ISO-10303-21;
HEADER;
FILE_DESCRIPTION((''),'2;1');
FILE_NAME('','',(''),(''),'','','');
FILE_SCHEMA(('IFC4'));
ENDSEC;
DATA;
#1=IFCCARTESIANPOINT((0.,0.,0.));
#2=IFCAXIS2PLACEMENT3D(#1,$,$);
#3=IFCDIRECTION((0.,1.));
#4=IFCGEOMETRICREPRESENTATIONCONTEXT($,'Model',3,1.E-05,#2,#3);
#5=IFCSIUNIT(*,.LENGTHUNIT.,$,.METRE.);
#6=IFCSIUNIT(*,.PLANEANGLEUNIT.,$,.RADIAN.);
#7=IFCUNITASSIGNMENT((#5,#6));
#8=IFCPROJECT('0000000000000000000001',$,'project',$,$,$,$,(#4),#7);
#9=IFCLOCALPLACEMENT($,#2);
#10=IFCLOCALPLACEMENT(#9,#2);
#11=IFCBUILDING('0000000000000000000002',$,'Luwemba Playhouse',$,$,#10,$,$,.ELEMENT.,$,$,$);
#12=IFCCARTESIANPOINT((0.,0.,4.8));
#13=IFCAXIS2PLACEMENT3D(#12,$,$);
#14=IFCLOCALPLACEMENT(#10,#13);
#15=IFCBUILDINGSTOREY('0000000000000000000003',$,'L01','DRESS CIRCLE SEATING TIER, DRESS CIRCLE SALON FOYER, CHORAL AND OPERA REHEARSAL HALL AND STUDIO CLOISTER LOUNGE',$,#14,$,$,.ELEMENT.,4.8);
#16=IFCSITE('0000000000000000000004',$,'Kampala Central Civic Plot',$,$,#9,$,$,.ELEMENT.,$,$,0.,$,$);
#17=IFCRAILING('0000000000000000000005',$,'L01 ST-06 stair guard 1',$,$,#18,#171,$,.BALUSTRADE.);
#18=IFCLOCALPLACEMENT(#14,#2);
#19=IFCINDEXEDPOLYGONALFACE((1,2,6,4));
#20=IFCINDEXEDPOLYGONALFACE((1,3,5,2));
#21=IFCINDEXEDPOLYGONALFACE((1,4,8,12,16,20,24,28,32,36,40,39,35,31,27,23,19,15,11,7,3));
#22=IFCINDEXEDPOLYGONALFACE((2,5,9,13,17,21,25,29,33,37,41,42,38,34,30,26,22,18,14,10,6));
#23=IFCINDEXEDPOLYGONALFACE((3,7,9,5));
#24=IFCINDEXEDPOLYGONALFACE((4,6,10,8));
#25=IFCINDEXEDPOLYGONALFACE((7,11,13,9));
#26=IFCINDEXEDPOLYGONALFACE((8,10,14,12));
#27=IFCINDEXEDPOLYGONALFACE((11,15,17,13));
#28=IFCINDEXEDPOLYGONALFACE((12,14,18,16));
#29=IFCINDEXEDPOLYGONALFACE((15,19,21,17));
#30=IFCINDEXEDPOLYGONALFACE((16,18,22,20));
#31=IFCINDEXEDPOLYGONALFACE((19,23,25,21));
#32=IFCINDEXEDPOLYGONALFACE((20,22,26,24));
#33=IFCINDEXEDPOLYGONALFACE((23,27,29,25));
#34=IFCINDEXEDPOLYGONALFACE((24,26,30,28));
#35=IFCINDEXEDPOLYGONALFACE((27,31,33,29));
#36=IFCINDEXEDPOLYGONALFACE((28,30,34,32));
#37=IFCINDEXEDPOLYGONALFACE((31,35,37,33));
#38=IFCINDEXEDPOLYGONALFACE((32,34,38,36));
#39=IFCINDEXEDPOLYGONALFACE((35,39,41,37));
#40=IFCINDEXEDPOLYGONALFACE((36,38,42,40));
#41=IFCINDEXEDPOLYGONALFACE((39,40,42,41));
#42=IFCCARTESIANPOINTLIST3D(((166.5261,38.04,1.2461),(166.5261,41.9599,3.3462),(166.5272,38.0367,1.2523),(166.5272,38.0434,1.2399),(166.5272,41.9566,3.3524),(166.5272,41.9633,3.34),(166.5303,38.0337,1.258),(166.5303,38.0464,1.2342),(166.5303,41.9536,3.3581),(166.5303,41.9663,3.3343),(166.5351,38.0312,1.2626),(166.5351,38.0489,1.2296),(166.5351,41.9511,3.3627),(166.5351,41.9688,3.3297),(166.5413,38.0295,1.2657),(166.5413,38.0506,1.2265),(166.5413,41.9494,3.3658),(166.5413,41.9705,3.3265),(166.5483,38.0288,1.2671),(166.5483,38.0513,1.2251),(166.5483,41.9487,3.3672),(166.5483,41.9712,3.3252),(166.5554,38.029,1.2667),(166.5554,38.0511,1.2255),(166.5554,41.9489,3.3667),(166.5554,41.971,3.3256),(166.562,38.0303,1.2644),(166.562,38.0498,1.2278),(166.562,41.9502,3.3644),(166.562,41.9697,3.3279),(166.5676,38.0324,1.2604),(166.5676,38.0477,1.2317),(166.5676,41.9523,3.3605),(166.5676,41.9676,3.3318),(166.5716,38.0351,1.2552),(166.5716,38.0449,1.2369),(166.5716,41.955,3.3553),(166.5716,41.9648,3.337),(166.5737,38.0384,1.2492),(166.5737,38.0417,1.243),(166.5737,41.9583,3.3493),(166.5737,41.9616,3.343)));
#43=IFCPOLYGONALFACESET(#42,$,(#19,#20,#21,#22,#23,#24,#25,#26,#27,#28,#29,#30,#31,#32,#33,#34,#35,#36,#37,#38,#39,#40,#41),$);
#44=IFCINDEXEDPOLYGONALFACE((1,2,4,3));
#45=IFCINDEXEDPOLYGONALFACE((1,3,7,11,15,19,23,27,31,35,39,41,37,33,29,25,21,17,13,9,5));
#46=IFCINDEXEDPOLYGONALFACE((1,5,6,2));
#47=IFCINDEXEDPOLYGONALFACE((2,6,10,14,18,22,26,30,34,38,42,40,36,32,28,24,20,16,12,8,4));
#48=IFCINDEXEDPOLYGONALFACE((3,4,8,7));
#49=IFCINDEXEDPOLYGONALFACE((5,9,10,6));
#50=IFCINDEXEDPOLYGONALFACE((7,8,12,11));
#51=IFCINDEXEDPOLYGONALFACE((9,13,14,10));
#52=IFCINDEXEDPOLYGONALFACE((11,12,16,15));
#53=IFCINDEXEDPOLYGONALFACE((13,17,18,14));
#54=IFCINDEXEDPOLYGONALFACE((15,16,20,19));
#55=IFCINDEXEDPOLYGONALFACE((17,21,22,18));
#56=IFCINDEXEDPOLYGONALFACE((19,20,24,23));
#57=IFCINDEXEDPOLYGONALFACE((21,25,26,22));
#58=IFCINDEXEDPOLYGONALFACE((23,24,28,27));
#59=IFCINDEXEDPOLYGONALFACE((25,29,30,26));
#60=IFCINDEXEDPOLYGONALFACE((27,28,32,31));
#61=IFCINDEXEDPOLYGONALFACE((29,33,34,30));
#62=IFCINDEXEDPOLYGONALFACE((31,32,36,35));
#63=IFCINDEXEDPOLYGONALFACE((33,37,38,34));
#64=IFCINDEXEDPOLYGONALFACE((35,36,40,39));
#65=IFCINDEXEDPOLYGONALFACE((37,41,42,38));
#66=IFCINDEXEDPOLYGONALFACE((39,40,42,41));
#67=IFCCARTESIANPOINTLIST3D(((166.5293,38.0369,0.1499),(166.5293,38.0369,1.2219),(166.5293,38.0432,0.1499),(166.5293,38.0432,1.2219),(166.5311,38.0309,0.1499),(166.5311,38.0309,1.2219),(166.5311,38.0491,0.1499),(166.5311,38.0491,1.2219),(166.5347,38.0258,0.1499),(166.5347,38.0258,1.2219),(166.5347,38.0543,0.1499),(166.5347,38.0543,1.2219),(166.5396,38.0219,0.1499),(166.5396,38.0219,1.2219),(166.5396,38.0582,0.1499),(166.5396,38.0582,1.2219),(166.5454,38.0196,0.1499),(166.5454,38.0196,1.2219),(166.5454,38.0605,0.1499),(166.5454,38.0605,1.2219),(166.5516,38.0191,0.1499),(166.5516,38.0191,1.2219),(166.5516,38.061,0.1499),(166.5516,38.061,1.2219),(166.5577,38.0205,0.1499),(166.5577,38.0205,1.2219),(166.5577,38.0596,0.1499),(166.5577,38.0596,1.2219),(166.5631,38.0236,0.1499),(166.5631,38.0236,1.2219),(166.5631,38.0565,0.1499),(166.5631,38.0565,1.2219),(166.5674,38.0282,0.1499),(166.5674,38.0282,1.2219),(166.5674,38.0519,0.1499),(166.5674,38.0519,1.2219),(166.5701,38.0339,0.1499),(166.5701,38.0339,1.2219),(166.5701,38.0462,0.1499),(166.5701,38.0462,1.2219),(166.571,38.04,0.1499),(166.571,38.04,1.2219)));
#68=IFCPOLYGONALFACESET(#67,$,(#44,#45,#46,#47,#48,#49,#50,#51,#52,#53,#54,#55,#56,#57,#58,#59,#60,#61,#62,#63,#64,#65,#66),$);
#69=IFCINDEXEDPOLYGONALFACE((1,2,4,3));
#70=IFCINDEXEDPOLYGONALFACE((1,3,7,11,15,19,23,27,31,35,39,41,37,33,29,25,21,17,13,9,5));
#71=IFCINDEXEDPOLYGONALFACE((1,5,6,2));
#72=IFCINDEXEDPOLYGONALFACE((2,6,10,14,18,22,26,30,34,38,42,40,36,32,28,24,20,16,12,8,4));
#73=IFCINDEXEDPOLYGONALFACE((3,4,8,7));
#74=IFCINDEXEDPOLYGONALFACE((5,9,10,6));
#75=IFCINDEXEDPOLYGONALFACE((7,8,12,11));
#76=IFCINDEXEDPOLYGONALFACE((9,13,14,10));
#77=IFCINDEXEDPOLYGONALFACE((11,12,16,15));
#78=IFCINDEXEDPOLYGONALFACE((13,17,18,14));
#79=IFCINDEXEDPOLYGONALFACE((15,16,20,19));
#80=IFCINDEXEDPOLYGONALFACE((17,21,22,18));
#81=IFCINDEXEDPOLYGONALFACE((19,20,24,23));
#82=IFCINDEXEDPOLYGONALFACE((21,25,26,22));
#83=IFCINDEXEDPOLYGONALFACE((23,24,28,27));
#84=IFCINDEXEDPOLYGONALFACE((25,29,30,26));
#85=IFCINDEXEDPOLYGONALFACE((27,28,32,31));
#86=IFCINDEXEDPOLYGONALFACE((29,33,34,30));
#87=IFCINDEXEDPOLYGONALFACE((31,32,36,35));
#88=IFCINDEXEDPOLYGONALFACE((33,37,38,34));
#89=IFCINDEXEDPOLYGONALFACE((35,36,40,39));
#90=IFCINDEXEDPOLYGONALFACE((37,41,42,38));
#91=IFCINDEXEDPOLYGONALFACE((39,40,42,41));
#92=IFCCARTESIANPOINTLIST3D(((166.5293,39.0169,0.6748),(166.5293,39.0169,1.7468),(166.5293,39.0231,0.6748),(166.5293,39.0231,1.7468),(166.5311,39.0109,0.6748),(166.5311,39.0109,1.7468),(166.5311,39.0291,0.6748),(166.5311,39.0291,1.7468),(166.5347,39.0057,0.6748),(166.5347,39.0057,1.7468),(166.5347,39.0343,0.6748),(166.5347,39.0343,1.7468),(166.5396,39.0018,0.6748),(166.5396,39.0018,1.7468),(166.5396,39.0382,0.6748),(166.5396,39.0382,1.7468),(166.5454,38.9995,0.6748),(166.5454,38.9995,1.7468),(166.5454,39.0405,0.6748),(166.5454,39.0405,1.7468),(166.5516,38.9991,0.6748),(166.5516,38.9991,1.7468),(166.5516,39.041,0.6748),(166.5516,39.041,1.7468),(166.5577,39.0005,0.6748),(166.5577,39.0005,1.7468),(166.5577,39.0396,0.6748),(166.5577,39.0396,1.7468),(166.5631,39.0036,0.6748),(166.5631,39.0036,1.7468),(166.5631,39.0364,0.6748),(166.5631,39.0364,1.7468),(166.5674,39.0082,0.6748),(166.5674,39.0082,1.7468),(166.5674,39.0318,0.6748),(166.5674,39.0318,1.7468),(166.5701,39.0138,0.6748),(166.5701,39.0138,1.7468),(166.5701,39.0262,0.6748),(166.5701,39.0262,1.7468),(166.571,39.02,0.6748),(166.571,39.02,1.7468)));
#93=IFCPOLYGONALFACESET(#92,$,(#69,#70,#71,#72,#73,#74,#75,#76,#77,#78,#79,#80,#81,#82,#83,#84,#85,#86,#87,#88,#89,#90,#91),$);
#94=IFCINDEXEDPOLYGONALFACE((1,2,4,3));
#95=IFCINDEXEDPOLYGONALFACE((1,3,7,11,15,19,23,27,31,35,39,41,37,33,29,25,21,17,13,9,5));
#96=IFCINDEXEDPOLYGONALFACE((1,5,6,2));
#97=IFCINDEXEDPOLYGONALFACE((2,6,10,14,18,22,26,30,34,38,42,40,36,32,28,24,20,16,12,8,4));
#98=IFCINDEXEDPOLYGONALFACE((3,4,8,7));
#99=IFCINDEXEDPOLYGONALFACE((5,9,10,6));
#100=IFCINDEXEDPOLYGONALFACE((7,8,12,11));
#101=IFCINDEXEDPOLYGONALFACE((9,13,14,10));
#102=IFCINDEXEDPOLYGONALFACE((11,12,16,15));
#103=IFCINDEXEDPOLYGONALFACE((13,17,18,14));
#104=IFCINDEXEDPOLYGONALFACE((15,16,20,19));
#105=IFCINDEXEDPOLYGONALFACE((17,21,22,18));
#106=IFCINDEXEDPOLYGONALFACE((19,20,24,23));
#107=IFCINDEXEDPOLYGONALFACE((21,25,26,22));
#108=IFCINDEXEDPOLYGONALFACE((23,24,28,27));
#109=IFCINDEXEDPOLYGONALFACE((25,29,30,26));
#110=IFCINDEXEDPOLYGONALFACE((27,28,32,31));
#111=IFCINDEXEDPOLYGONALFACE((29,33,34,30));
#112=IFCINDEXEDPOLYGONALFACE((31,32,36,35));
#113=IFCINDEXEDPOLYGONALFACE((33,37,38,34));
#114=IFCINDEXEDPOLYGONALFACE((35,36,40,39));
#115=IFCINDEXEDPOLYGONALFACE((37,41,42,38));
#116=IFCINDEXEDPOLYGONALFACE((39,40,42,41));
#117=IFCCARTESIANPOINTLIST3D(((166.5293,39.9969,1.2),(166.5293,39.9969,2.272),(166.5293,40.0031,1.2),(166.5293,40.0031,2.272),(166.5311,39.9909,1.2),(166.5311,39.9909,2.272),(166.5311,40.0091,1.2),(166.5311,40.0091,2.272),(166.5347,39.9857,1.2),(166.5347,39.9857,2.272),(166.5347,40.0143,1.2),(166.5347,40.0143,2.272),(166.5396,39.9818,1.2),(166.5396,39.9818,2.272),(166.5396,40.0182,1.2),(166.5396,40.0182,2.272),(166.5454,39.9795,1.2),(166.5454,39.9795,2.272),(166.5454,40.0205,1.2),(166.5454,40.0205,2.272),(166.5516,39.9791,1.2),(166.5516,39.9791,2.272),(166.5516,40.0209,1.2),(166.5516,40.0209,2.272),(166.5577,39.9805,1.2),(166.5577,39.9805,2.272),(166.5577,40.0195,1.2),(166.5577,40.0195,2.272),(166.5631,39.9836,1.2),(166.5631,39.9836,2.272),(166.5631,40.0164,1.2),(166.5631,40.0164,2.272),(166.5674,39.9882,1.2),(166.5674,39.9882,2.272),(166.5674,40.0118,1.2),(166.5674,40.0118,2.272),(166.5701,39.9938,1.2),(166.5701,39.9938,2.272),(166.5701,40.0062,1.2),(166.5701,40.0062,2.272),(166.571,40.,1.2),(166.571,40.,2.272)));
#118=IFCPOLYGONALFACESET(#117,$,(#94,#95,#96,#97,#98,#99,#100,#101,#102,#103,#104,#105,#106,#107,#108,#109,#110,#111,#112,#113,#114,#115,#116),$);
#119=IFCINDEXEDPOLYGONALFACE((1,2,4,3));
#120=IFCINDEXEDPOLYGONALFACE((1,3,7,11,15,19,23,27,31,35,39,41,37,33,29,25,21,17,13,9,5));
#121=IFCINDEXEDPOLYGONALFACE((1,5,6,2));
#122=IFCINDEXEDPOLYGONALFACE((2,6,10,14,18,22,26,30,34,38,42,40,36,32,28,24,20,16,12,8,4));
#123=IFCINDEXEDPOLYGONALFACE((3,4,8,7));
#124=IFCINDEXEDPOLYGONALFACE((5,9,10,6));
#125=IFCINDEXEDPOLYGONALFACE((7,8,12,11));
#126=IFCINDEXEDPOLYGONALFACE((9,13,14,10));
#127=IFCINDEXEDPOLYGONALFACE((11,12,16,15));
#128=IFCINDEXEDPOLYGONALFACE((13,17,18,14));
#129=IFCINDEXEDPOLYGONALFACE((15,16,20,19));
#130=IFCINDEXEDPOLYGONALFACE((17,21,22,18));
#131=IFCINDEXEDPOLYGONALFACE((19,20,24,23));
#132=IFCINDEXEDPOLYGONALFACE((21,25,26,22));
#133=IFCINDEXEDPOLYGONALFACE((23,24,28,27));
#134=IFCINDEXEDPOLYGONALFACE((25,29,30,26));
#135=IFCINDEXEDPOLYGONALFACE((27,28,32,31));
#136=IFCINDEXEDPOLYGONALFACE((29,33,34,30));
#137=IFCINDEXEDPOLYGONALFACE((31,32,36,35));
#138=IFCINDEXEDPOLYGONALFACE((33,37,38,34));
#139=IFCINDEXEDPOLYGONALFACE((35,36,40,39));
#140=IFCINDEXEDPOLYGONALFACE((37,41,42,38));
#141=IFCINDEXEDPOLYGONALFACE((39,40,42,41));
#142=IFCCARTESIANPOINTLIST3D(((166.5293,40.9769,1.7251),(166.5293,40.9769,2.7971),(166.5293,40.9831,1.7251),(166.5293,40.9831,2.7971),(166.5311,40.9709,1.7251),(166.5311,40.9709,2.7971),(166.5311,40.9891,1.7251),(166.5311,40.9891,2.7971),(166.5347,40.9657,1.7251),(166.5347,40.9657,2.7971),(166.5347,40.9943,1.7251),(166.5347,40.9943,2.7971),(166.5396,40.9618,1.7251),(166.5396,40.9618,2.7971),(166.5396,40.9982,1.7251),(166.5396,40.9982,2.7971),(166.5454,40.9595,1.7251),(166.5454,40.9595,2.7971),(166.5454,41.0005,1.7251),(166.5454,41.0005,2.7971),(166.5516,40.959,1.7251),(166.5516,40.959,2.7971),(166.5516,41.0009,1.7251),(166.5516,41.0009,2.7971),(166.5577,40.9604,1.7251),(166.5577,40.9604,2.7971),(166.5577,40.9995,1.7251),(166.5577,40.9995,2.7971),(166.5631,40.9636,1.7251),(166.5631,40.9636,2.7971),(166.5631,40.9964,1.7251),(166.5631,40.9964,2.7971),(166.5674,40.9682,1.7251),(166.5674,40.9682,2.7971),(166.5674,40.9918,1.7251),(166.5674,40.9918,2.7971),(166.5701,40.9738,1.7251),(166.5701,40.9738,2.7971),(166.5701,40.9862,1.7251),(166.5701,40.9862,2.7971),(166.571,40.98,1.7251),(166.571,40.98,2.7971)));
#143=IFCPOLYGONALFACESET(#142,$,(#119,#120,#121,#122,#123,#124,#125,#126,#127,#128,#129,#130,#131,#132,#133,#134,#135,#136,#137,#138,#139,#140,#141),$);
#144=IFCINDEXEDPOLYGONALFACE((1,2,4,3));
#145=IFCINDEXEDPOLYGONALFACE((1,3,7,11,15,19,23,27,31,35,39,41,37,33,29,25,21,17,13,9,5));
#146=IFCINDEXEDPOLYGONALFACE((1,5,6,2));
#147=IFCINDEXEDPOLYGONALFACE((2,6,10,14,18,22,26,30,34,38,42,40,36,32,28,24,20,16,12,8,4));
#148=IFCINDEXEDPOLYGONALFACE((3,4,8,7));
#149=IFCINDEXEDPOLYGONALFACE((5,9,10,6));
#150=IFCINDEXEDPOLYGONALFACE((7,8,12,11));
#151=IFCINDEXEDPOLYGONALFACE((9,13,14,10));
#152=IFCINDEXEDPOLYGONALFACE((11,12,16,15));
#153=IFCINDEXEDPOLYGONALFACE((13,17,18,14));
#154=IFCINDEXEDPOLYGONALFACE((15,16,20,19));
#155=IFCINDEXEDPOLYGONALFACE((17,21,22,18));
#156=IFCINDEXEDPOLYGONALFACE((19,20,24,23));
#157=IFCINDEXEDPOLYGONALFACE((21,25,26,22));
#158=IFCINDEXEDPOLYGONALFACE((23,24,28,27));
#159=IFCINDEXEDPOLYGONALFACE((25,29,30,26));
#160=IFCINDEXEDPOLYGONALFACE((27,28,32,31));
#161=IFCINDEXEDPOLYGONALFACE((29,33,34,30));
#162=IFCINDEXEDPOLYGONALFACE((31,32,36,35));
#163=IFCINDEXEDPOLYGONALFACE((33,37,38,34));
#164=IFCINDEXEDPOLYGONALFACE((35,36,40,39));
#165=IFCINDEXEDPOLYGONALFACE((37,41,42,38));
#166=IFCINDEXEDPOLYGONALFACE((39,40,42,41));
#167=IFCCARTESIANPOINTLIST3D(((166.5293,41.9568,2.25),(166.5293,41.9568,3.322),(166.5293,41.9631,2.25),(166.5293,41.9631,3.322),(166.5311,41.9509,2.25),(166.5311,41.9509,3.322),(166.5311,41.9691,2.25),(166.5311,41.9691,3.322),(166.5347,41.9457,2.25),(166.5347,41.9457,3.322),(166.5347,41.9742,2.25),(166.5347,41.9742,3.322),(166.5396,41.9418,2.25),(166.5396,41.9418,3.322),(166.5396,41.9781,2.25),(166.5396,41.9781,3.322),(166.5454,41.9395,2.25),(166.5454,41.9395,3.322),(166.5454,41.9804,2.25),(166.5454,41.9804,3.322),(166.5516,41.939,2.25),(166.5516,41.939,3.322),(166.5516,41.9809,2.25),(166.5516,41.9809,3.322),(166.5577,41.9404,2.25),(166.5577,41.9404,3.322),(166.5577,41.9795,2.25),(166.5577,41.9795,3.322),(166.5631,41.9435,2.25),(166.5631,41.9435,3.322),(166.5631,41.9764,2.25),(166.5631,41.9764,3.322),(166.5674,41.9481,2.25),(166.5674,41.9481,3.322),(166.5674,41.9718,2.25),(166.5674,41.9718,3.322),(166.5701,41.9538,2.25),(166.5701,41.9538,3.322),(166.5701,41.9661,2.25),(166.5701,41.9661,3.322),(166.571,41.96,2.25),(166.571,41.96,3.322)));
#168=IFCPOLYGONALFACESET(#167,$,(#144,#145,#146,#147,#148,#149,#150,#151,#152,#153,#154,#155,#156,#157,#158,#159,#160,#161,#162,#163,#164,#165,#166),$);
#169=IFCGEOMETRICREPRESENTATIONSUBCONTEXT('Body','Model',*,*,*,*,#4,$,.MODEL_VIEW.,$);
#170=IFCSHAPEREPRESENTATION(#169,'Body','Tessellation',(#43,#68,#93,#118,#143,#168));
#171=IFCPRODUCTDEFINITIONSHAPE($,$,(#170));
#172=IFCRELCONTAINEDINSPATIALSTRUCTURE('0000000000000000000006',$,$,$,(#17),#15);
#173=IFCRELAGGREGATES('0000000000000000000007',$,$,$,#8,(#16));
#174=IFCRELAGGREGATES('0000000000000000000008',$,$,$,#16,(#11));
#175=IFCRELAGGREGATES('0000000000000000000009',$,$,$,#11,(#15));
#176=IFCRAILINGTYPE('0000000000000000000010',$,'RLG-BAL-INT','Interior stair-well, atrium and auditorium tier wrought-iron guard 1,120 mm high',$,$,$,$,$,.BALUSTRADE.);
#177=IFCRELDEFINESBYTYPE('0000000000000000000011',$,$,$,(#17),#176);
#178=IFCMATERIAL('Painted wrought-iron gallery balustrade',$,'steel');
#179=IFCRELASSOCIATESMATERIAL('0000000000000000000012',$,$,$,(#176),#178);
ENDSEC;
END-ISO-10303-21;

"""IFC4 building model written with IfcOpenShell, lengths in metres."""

from ifc_helpers import new_model, si_unit, direction, frame, origin, origin_2d, place, context, subcontext, project, spatial, circle, extrude, material, type_object, element, save


model = new_model("IFC4")

# Units and contexts
model_context = context("Model", 3, precision=1e-05, world=origin(), true_north=direction((0.0, 1.0)))
body_context = subcontext(model_context, "Body", "Model", "MODEL_VIEW")
ifc_project = project(units=[si_unit("LENGTHUNIT", "METRE"), si_unit("PLANEANGLEUNIT", "RADIAN")], contexts=[model_context])

# Site, building, storey
site_placement = place(None, origin())
site = spatial("IfcSite", under=ifc_project, at=site_placement, Name="Kampala Central Civic Plot", CompositionType="ELEMENT", RefElevation=0.0)
building_placement = place(site_placement, origin())
building = spatial("IfcBuilding", under=site, at=building_placement, Name="Luwemba Playhouse", CompositionType="ELEMENT")
storey_placement = place(building_placement, frame((0.0, 0.0, 4.8)))
storey = spatial("IfcBuildingStorey", under=building, at=storey_placement, Name="L01", Description="DRESS CIRCLE SEATING TIER, DRESS CIRCLE SALON FOYER, CHORAL AND OPERA REHEARSAL HALL AND STUDIO CLOISTER LOUNGE", CompositionType="ELEMENT", Elevation=4.8)

# Railing
ifc_material_1 = material(Name="Painted wrought-iron gallery balustrade", Category="steel")
railing_type = type_object("IfcRailingType", Name="RLG-BAL-INT", Description="Interior stair-well, atrium and auditorium tier wrought-iron guard 1,120 mm high", PredefinedType="BALUSTRADE", material=ifc_material_1)
railing_1_placement = place(storey_placement, frame((166.55, 38.04, 0.1499)))
element("IfcRailing", 1, at=railing_1_placement, inside=storey, type_object=railing_type, Name="L01 ST-06 stair guard 1", PredefinedType="BALUSTRADE", context=body_context, shape_type="SweptSolid", body=[
    extrude(circle(Radius=0.0239, at=origin_2d()), frame((0.0, 0.0, 1.0962), z_axis=(0.0, 0.881467, 0.472246), x_axis=(-1.0, 0.0, 0.0)), (0.0, 0.0, 1.0), 4.447),
    extrude(circle(Radius=0.021, at=origin_2d()), origin(), (0.0, 0.0, 1.0), 1.072),
    extrude(circle(Radius=0.021, at=origin_2d()), frame((0.0, 0.98, 0.5249)), (0.0, 0.0, 1.0), 1.072),
    extrude(circle(Radius=0.021, at=origin_2d()), frame((0.0, 1.96, 1.05)), (0.0, 0.0, 1.0), 1.072),
    extrude(circle(Radius=0.021, at=origin_2d()), frame((0.0, 2.9399, 1.5752)), (0.0, 0.0, 1.0), 1.072),
    extrude(circle(Radius=0.021, at=origin_2d()), frame((0.0, 3.9199, 2.1001)), (0.0, 0.0, 1.0), 1.072),
])

save(model, "model.ifc")
